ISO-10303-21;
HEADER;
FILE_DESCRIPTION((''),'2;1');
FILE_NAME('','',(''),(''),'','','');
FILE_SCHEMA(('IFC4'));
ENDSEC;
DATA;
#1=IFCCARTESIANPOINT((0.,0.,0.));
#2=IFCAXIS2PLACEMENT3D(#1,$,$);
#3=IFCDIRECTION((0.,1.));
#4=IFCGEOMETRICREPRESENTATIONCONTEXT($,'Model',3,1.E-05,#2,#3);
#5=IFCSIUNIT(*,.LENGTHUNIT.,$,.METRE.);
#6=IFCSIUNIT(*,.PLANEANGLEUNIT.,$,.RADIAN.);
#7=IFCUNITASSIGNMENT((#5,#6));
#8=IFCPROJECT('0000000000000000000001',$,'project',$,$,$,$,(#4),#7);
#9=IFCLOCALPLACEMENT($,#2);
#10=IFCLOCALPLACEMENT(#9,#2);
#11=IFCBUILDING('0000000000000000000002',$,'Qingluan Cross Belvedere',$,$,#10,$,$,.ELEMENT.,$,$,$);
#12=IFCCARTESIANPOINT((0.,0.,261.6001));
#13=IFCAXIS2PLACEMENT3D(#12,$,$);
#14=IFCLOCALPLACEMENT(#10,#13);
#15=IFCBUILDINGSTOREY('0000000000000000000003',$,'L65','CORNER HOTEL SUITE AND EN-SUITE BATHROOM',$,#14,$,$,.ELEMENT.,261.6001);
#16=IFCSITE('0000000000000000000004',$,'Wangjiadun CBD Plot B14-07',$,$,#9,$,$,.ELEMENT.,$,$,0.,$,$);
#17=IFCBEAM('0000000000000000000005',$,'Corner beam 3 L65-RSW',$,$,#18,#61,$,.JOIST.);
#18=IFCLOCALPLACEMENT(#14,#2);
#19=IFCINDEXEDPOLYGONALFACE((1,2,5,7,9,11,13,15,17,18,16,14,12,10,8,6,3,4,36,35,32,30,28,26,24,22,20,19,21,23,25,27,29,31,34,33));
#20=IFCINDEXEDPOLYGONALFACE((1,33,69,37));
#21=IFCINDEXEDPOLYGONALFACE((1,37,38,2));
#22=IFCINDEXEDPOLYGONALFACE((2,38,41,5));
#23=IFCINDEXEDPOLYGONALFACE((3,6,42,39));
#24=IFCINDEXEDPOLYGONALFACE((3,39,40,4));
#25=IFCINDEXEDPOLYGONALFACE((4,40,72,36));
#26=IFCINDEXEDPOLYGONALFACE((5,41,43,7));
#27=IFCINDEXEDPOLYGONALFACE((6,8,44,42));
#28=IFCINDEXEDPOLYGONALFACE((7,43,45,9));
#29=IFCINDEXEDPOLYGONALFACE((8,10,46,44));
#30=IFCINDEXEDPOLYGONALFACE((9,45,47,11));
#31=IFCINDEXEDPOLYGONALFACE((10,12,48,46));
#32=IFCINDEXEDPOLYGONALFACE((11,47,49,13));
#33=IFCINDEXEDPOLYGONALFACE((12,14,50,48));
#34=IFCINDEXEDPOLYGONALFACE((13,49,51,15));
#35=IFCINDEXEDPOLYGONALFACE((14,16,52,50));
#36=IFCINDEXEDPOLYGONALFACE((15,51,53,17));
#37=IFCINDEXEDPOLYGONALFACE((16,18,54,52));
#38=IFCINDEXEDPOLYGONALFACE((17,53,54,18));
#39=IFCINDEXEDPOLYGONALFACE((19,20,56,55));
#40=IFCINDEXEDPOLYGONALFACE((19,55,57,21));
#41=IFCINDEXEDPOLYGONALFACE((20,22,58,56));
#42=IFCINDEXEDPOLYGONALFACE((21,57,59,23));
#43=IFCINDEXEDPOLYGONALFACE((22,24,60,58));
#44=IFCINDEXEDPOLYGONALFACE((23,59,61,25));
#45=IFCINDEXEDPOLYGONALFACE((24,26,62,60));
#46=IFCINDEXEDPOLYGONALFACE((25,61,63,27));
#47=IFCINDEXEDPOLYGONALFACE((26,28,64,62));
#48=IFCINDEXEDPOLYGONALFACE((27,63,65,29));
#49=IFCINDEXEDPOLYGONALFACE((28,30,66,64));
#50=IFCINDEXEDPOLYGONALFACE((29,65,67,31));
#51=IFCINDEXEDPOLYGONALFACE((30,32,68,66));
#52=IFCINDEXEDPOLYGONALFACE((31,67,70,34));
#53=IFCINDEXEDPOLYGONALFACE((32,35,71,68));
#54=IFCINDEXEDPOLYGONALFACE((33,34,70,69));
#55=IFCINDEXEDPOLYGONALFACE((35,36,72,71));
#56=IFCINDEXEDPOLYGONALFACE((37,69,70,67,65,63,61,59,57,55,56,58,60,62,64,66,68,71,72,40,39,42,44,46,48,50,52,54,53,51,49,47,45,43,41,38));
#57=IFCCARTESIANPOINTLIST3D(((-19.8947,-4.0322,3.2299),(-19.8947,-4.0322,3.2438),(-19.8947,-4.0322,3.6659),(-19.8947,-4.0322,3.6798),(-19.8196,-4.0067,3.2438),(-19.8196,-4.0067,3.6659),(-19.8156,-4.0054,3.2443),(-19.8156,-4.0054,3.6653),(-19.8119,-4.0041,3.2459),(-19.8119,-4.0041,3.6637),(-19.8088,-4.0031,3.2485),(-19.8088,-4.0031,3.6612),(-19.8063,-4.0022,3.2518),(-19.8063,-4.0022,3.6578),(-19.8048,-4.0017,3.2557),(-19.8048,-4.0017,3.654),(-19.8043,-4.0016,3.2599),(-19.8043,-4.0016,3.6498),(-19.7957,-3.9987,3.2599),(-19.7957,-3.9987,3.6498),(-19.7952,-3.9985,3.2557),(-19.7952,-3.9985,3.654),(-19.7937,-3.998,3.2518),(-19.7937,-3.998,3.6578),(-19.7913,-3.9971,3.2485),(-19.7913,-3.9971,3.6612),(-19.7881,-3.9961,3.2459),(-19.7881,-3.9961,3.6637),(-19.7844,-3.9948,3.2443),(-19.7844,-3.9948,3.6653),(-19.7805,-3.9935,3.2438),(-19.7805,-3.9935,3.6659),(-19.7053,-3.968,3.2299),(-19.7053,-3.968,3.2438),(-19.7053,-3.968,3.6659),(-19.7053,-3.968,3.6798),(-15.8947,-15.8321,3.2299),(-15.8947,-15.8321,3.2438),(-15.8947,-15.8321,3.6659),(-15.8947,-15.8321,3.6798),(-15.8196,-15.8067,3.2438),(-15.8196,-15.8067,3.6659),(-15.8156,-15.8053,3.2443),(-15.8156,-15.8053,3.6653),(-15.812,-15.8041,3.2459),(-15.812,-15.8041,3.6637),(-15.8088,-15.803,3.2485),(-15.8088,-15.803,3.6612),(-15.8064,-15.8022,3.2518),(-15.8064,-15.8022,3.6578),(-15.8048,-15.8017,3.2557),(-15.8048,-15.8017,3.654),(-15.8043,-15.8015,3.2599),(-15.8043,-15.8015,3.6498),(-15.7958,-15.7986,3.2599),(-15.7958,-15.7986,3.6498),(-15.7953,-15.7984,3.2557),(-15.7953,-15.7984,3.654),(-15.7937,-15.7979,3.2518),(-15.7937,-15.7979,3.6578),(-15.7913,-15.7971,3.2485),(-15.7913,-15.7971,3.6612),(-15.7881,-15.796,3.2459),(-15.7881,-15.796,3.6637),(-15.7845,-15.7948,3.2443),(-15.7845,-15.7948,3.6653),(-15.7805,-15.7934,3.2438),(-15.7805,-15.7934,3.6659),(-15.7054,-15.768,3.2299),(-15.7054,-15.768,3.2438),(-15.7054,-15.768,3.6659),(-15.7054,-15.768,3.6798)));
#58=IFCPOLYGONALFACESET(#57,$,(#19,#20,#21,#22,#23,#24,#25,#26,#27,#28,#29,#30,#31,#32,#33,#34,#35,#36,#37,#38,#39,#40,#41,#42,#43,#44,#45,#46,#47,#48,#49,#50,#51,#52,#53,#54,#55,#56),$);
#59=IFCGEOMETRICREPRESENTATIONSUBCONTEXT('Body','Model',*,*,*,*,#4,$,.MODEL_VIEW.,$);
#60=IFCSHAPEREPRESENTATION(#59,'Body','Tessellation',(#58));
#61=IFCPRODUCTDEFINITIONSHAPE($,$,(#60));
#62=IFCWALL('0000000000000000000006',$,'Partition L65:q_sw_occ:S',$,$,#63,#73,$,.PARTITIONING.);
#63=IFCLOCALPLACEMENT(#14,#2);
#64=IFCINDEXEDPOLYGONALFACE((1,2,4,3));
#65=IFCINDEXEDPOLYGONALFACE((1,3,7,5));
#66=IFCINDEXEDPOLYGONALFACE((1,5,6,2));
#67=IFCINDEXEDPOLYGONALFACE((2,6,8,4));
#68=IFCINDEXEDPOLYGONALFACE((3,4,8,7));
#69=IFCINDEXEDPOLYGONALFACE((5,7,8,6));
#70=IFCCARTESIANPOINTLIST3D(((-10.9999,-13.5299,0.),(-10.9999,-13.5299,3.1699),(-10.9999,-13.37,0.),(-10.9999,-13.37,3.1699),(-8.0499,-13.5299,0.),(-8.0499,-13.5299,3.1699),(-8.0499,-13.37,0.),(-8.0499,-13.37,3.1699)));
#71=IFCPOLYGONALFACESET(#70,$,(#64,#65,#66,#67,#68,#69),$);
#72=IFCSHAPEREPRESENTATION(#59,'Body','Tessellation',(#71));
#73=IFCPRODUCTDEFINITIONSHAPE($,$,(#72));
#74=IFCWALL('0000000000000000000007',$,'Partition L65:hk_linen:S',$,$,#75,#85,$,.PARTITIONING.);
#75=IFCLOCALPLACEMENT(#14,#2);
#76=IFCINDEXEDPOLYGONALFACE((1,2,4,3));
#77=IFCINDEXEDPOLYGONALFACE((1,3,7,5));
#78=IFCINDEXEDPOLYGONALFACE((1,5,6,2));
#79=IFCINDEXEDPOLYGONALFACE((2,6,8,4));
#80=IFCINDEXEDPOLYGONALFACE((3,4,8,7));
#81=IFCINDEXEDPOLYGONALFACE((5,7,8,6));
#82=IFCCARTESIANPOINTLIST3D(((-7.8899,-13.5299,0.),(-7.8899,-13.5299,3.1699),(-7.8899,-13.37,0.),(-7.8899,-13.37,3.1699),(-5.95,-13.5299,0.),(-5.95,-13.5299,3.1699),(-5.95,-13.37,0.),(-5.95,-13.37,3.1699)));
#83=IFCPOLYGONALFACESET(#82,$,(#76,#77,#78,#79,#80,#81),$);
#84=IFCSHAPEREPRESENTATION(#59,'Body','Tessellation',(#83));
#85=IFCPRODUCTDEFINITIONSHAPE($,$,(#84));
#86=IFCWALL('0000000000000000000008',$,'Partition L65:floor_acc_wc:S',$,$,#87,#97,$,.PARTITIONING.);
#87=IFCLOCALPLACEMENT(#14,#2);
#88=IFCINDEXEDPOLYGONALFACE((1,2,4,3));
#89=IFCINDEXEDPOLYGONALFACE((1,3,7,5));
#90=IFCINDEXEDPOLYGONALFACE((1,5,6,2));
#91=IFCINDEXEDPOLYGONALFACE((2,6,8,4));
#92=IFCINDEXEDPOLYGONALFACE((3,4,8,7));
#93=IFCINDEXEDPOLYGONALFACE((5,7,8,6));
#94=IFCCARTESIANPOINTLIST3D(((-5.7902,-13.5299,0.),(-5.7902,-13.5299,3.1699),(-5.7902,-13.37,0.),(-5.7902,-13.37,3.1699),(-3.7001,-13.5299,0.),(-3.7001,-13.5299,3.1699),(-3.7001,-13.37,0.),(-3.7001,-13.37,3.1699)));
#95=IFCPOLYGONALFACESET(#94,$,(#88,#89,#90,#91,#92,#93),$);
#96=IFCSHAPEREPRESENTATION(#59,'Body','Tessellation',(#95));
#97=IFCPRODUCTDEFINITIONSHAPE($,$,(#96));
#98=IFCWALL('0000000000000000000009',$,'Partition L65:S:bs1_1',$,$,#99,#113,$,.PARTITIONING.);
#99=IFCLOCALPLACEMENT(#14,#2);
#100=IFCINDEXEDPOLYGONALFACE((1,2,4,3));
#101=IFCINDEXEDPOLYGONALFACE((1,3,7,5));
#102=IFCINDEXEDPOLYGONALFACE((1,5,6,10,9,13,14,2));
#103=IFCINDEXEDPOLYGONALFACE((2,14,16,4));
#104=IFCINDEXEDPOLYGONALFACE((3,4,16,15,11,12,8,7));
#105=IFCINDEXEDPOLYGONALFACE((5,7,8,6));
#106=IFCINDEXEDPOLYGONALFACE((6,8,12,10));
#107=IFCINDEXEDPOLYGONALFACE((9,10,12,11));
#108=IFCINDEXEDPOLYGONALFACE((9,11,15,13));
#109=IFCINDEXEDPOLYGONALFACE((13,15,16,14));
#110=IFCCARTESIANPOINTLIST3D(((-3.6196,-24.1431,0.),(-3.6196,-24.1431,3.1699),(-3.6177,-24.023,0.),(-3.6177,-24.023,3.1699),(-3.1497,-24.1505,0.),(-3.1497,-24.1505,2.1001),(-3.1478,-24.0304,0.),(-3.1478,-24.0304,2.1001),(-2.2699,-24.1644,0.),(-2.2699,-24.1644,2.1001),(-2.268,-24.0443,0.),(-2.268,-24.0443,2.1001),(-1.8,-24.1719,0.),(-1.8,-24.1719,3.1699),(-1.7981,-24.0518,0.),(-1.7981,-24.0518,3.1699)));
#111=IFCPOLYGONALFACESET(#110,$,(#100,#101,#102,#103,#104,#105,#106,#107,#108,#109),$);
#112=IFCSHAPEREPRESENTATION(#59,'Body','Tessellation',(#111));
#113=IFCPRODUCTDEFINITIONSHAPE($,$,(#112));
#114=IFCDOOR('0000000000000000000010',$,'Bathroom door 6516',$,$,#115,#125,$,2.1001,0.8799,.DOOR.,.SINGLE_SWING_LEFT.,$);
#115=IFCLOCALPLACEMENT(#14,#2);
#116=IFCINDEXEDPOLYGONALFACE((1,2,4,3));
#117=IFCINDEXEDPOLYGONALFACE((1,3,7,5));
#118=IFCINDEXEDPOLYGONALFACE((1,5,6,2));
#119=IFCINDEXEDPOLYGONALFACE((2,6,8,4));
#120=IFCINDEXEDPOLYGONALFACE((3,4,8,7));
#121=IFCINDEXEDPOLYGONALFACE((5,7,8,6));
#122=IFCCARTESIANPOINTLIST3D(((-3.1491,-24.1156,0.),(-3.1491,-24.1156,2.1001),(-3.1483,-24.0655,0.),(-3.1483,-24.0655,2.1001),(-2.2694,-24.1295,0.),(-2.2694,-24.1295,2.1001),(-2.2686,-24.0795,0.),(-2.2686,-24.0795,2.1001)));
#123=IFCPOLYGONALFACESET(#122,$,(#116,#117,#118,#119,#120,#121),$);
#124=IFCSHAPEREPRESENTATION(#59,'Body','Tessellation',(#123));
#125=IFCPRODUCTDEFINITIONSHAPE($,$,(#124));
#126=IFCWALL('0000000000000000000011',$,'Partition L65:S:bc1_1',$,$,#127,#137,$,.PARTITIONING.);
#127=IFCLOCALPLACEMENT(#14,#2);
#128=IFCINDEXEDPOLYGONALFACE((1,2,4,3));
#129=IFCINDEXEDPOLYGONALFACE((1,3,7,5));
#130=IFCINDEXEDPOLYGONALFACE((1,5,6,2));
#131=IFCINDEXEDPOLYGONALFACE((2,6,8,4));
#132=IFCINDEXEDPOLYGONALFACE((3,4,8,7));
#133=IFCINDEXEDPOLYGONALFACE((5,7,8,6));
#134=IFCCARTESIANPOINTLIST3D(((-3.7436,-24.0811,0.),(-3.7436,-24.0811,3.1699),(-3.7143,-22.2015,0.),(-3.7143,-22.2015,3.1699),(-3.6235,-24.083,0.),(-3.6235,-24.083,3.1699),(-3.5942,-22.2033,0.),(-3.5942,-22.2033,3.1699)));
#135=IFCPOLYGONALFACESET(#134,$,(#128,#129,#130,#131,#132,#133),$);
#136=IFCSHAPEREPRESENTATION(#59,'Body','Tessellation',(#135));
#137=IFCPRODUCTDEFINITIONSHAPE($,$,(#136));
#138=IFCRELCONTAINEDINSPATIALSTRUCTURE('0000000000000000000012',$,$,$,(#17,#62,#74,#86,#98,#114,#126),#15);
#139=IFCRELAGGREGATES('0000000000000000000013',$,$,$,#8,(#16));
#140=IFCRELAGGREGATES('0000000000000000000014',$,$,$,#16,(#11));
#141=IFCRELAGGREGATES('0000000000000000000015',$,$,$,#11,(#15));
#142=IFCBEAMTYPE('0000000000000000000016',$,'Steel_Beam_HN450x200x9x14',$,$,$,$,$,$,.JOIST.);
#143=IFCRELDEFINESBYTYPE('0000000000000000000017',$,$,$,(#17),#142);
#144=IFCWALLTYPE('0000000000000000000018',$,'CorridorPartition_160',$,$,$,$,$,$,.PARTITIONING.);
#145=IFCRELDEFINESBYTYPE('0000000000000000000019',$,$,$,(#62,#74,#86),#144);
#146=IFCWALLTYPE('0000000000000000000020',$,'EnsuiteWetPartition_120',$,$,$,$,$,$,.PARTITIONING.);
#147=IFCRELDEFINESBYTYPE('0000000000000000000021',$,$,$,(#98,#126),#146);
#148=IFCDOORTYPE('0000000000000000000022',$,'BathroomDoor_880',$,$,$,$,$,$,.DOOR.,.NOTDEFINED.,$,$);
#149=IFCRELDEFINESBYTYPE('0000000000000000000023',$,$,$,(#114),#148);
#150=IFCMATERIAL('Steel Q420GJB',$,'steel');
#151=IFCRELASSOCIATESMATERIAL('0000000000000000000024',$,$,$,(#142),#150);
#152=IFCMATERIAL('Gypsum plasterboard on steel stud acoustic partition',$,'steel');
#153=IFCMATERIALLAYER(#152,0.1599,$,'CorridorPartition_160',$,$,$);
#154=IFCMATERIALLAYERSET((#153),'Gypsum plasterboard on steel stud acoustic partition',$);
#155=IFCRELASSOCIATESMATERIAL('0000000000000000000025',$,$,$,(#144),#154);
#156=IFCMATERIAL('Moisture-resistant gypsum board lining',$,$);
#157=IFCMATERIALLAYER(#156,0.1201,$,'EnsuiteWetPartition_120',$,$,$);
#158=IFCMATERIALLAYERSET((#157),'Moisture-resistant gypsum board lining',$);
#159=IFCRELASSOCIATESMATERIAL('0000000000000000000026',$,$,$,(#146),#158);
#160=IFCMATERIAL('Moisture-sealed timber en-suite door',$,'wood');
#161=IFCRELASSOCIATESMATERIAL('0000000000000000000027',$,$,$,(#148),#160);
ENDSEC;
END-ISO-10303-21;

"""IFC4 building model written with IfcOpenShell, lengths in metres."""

from ifc_helpers import new_model, si_unit, direction, frame, frame_2d, origin, origin_2d, place, context, subcontext, project, spatial, rectangle, i_section, extrude, material, layer, layer_set, material_profile, profile_set, type_object, element, fill, save


model = new_model("IFC4")

# Units and contexts
model_context = context("Model", 3, precision=1e-05, world=origin(), true_north=direction((0.0, 1.0)))
body_context = subcontext(model_context, "Body", "Model", "MODEL_VIEW")
ifc_project = project(units=[si_unit("LENGTHUNIT", "METRE"), si_unit("PLANEANGLEUNIT", "RADIAN")], contexts=[model_context])

# Site, building, storey
site_placement = place(None, origin())
site = spatial("IfcSite", under=ifc_project, at=site_placement, Name="Wangjiadun CBD Plot B14-07", CompositionType="ELEMENT", RefElevation=0.0)
building_placement = place(site_placement, origin())
building = spatial("IfcBuilding", under=site, at=building_placement, Name="Qingluan Cross Belvedere", CompositionType="ELEMENT")
storey_placement = place(building_placement, frame((0.0, 0.0, 261.6001)))
storey = spatial("IfcBuildingStorey", under=building, at=storey_placement, Name="L65", Description="CORNER HOTEL SUITE AND EN-SUITE BATHROOM", CompositionType="ELEMENT", Elevation=261.6001)

# Beam
ifc_material_1 = material(Name="Steel Q420GJB", Category="steel")
ifc_material_profile_1 = material_profile(ifc_material_1, i_section(OverallWidth=0.2, OverallDepth=0.45, WebThickness=0.009, FlangeThickness=0.0139, FilletRadius=0.0161, at=origin_2d()), Name="HN450x200x9x14")
ifc_profile_set_1 = profile_set([ifc_material_profile_1], Name="Steel Q420GJB")
beam_type_1 = type_object("IfcBeamType", Name="Steel_Beam_HN450x200x9x14", PredefinedType="JOIST", material=ifc_profile_set_1)
for number, where, z_axis, x_axis, name in (
    (1, (-15.8, -15.8, 3.4548), (-0.321038, 0.947066, 0.0), (-0.947066, -0.321038, 0.0), "Corner beam 3 L65-RSW"),
):
    element("IfcBeam", number, at=place(storey_placement, frame(where, z_axis=z_axis, x_axis=x_axis)), inside=storey, type_object=beam_type_1, Name=name, PredefinedType="JOIST", context=body_context, shape_type="SweptSolid", body=[
        extrude(i_section(OverallWidth=0.2, OverallDepth=0.45, WebThickness=0.009, FlangeThickness=0.0139, FilletRadius=0.0161, at=origin_2d()), origin(), (0.0, 0.0, 1.0), 12.4595),
    ])

# Walls
ifc_material_2 = material(Name="Gypsum plasterboard on steel stud acoustic partition", Category="steel")
ifc_layer_1 = layer(ifc_material_2, 0.1599, Name="CorridorPartition_160")
ifc_layer_set_1 = layer_set([ifc_layer_1], Name="Gypsum plasterboard on steel stud acoustic partition")
wall_type_1 = type_object("IfcWallType", Name="CorridorPartition_160", PredefinedType="PARTITIONING", material=ifc_layer_set_1)
wall_1_placement = place(storey_placement, frame((-11.0, -13.45, 0.0), z_axis=(0.0, 0.0, 1.0), x_axis=(1.0, 0.0, 0.0)))
element("IfcWall", 2, at=wall_1_placement, inside=storey, type_object=wall_type_1, Name="Partition L65:q_sw_occ:S", PredefinedType="PARTITIONING", context=body_context, shape_type="SweptSolid", body=[
    extrude(rectangle(XDim=2.95, YDim=0.1599, at=frame_2d((1.4751, 0.0))), origin(), (0.0, 0.0, 1.0), 3.1699),
])
wall_2_placement = place(storey_placement, frame((-7.8899, -13.45, 0.0), z_axis=(0.0, 0.0, 1.0), x_axis=(1.0, 0.0, 0.0)))
element("IfcWall", 3, at=wall_2_placement, inside=storey, type_object=wall_type_1, Name="Partition L65:hk_linen:S", PredefinedType="PARTITIONING", context=body_context, shape_type="SweptSolid", body=[
    extrude(rectangle(XDim=1.9399, YDim=0.1599, at=frame_2d((0.97, 0.0))), origin(), (0.0, 0.0, 1.0), 3.1699),
])
wall_3_placement = place(storey_placement, frame((-5.79, -13.45, 0.0), z_axis=(0.0, 0.0, 1.0), x_axis=(1.0, 0.0, 0.0)))
element("IfcWall", 4, at=wall_3_placement, inside=storey, type_object=wall_type_1, Name="Partition L65:floor_acc_wc:S", PredefinedType="PARTITIONING", context=body_context, shape_type="SweptSolid", body=[
    extrude(rectangle(XDim=2.0901, YDim=0.1599, at=frame_2d((1.0449, 0.0))), origin(), (0.0, 0.0, 1.0), 3.1699),
])

# Wall, opening, door
ifc_material_3 = material(Name="Moisture-resistant gypsum board lining")
ifc_layer_2 = layer(ifc_material_3, 0.1201, Name="EnsuiteWetPartition_120")
ifc_layer_set_2 = layer_set([ifc_layer_2], Name="Moisture-resistant gypsum board lining")
wall_type_2 = type_object("IfcWallType", Name="EnsuiteWetPartition_120", PredefinedType="PARTITIONING", material=ifc_layer_set_2)
wall_4_placement = place(storey_placement, frame((-3.6187, -24.083, 0.0), z_axis=(0.0, 0.0, 1.0), x_axis=(0.999875, -0.015831, 0.0)))
wall_4 = element("IfcWall", 5, at=wall_4_placement, inside=storey, type_object=wall_type_2, Name="Partition L65:S:bs1_1", PredefinedType="PARTITIONING", context=body_context, shape_type="SweptSolid", body=[
    extrude(rectangle(XDim=1.8198, YDim=0.1201, at=frame_2d((0.9099, 0.0))), origin(), (0.0, 0.0, 1.0), 3.1699),
])
opening_1_placement = place(wall_4_placement, frame((0.47, 0.0, 0.0)))
opening_1 = element("IfcOpeningElement", 6, at=opening_1_placement, cuts=wall_4, PredefinedType="OPENING", context=body_context, shape_type="SweptSolid", body=[
    extrude(rectangle(XDim=0.8799, YDim=2.1001, at=frame_2d((0.4399, 1.05))), frame((0.0, 0.0701, 0.0), z_axis=(0.0, -1.0, 0.0), x_axis=(1.0, 0.0, 0.0)), (0.0, 0.0, 1.0), 0.1401),
])
ifc_material_4 = material(Name="Moisture-sealed timber en-suite door", Category="wood")
door_type = type_object("IfcDoorType", Name="BathroomDoor_880", OperationType="NOTDEFINED", PredefinedType="DOOR", material=ifc_material_4)
door_placement = place(opening_1_placement, origin())
door = element("IfcDoor", 7, at=door_placement, inside=storey, type_object=door_type, Name="Bathroom door 6516", OperationType="SINGLE_SWING_LEFT", OverallHeight=2.1001, OverallWidth=0.8799, PredefinedType="DOOR", context=body_context, shape_type="SweptSolid", body=[
    extrude(rectangle(XDim=0.8799, YDim=2.1001, at=frame_2d((0.4399, 1.05))), frame((0.0, 0.0249, 0.0), z_axis=(0.0, -1.0, 0.0), x_axis=(1.0, 0.0, 0.0)), (0.0, 0.0, 1.0), 0.05),
])
fill(opening_1, door)

# Wall
wall_5_placement = place(storey_placement, frame((-3.6543, -22.2024, 0.0), z_axis=(0.0, 0.0, 1.0), x_axis=(-0.015585, -0.999879, 0.0)))
element("IfcWall", 8, at=wall_5_placement, inside=storey, type_object=wall_type_2, Name="Partition L65:S:bc1_1", PredefinedType="PARTITIONING", context=body_context, shape_type="SweptSolid", body=[
    extrude(rectangle(XDim=1.8799, YDim=0.1201, at=frame_2d((0.9399, 0.0))), origin(), (0.0, 0.0, 1.0), 3.1699),
])

save(model, "model.ifc")
